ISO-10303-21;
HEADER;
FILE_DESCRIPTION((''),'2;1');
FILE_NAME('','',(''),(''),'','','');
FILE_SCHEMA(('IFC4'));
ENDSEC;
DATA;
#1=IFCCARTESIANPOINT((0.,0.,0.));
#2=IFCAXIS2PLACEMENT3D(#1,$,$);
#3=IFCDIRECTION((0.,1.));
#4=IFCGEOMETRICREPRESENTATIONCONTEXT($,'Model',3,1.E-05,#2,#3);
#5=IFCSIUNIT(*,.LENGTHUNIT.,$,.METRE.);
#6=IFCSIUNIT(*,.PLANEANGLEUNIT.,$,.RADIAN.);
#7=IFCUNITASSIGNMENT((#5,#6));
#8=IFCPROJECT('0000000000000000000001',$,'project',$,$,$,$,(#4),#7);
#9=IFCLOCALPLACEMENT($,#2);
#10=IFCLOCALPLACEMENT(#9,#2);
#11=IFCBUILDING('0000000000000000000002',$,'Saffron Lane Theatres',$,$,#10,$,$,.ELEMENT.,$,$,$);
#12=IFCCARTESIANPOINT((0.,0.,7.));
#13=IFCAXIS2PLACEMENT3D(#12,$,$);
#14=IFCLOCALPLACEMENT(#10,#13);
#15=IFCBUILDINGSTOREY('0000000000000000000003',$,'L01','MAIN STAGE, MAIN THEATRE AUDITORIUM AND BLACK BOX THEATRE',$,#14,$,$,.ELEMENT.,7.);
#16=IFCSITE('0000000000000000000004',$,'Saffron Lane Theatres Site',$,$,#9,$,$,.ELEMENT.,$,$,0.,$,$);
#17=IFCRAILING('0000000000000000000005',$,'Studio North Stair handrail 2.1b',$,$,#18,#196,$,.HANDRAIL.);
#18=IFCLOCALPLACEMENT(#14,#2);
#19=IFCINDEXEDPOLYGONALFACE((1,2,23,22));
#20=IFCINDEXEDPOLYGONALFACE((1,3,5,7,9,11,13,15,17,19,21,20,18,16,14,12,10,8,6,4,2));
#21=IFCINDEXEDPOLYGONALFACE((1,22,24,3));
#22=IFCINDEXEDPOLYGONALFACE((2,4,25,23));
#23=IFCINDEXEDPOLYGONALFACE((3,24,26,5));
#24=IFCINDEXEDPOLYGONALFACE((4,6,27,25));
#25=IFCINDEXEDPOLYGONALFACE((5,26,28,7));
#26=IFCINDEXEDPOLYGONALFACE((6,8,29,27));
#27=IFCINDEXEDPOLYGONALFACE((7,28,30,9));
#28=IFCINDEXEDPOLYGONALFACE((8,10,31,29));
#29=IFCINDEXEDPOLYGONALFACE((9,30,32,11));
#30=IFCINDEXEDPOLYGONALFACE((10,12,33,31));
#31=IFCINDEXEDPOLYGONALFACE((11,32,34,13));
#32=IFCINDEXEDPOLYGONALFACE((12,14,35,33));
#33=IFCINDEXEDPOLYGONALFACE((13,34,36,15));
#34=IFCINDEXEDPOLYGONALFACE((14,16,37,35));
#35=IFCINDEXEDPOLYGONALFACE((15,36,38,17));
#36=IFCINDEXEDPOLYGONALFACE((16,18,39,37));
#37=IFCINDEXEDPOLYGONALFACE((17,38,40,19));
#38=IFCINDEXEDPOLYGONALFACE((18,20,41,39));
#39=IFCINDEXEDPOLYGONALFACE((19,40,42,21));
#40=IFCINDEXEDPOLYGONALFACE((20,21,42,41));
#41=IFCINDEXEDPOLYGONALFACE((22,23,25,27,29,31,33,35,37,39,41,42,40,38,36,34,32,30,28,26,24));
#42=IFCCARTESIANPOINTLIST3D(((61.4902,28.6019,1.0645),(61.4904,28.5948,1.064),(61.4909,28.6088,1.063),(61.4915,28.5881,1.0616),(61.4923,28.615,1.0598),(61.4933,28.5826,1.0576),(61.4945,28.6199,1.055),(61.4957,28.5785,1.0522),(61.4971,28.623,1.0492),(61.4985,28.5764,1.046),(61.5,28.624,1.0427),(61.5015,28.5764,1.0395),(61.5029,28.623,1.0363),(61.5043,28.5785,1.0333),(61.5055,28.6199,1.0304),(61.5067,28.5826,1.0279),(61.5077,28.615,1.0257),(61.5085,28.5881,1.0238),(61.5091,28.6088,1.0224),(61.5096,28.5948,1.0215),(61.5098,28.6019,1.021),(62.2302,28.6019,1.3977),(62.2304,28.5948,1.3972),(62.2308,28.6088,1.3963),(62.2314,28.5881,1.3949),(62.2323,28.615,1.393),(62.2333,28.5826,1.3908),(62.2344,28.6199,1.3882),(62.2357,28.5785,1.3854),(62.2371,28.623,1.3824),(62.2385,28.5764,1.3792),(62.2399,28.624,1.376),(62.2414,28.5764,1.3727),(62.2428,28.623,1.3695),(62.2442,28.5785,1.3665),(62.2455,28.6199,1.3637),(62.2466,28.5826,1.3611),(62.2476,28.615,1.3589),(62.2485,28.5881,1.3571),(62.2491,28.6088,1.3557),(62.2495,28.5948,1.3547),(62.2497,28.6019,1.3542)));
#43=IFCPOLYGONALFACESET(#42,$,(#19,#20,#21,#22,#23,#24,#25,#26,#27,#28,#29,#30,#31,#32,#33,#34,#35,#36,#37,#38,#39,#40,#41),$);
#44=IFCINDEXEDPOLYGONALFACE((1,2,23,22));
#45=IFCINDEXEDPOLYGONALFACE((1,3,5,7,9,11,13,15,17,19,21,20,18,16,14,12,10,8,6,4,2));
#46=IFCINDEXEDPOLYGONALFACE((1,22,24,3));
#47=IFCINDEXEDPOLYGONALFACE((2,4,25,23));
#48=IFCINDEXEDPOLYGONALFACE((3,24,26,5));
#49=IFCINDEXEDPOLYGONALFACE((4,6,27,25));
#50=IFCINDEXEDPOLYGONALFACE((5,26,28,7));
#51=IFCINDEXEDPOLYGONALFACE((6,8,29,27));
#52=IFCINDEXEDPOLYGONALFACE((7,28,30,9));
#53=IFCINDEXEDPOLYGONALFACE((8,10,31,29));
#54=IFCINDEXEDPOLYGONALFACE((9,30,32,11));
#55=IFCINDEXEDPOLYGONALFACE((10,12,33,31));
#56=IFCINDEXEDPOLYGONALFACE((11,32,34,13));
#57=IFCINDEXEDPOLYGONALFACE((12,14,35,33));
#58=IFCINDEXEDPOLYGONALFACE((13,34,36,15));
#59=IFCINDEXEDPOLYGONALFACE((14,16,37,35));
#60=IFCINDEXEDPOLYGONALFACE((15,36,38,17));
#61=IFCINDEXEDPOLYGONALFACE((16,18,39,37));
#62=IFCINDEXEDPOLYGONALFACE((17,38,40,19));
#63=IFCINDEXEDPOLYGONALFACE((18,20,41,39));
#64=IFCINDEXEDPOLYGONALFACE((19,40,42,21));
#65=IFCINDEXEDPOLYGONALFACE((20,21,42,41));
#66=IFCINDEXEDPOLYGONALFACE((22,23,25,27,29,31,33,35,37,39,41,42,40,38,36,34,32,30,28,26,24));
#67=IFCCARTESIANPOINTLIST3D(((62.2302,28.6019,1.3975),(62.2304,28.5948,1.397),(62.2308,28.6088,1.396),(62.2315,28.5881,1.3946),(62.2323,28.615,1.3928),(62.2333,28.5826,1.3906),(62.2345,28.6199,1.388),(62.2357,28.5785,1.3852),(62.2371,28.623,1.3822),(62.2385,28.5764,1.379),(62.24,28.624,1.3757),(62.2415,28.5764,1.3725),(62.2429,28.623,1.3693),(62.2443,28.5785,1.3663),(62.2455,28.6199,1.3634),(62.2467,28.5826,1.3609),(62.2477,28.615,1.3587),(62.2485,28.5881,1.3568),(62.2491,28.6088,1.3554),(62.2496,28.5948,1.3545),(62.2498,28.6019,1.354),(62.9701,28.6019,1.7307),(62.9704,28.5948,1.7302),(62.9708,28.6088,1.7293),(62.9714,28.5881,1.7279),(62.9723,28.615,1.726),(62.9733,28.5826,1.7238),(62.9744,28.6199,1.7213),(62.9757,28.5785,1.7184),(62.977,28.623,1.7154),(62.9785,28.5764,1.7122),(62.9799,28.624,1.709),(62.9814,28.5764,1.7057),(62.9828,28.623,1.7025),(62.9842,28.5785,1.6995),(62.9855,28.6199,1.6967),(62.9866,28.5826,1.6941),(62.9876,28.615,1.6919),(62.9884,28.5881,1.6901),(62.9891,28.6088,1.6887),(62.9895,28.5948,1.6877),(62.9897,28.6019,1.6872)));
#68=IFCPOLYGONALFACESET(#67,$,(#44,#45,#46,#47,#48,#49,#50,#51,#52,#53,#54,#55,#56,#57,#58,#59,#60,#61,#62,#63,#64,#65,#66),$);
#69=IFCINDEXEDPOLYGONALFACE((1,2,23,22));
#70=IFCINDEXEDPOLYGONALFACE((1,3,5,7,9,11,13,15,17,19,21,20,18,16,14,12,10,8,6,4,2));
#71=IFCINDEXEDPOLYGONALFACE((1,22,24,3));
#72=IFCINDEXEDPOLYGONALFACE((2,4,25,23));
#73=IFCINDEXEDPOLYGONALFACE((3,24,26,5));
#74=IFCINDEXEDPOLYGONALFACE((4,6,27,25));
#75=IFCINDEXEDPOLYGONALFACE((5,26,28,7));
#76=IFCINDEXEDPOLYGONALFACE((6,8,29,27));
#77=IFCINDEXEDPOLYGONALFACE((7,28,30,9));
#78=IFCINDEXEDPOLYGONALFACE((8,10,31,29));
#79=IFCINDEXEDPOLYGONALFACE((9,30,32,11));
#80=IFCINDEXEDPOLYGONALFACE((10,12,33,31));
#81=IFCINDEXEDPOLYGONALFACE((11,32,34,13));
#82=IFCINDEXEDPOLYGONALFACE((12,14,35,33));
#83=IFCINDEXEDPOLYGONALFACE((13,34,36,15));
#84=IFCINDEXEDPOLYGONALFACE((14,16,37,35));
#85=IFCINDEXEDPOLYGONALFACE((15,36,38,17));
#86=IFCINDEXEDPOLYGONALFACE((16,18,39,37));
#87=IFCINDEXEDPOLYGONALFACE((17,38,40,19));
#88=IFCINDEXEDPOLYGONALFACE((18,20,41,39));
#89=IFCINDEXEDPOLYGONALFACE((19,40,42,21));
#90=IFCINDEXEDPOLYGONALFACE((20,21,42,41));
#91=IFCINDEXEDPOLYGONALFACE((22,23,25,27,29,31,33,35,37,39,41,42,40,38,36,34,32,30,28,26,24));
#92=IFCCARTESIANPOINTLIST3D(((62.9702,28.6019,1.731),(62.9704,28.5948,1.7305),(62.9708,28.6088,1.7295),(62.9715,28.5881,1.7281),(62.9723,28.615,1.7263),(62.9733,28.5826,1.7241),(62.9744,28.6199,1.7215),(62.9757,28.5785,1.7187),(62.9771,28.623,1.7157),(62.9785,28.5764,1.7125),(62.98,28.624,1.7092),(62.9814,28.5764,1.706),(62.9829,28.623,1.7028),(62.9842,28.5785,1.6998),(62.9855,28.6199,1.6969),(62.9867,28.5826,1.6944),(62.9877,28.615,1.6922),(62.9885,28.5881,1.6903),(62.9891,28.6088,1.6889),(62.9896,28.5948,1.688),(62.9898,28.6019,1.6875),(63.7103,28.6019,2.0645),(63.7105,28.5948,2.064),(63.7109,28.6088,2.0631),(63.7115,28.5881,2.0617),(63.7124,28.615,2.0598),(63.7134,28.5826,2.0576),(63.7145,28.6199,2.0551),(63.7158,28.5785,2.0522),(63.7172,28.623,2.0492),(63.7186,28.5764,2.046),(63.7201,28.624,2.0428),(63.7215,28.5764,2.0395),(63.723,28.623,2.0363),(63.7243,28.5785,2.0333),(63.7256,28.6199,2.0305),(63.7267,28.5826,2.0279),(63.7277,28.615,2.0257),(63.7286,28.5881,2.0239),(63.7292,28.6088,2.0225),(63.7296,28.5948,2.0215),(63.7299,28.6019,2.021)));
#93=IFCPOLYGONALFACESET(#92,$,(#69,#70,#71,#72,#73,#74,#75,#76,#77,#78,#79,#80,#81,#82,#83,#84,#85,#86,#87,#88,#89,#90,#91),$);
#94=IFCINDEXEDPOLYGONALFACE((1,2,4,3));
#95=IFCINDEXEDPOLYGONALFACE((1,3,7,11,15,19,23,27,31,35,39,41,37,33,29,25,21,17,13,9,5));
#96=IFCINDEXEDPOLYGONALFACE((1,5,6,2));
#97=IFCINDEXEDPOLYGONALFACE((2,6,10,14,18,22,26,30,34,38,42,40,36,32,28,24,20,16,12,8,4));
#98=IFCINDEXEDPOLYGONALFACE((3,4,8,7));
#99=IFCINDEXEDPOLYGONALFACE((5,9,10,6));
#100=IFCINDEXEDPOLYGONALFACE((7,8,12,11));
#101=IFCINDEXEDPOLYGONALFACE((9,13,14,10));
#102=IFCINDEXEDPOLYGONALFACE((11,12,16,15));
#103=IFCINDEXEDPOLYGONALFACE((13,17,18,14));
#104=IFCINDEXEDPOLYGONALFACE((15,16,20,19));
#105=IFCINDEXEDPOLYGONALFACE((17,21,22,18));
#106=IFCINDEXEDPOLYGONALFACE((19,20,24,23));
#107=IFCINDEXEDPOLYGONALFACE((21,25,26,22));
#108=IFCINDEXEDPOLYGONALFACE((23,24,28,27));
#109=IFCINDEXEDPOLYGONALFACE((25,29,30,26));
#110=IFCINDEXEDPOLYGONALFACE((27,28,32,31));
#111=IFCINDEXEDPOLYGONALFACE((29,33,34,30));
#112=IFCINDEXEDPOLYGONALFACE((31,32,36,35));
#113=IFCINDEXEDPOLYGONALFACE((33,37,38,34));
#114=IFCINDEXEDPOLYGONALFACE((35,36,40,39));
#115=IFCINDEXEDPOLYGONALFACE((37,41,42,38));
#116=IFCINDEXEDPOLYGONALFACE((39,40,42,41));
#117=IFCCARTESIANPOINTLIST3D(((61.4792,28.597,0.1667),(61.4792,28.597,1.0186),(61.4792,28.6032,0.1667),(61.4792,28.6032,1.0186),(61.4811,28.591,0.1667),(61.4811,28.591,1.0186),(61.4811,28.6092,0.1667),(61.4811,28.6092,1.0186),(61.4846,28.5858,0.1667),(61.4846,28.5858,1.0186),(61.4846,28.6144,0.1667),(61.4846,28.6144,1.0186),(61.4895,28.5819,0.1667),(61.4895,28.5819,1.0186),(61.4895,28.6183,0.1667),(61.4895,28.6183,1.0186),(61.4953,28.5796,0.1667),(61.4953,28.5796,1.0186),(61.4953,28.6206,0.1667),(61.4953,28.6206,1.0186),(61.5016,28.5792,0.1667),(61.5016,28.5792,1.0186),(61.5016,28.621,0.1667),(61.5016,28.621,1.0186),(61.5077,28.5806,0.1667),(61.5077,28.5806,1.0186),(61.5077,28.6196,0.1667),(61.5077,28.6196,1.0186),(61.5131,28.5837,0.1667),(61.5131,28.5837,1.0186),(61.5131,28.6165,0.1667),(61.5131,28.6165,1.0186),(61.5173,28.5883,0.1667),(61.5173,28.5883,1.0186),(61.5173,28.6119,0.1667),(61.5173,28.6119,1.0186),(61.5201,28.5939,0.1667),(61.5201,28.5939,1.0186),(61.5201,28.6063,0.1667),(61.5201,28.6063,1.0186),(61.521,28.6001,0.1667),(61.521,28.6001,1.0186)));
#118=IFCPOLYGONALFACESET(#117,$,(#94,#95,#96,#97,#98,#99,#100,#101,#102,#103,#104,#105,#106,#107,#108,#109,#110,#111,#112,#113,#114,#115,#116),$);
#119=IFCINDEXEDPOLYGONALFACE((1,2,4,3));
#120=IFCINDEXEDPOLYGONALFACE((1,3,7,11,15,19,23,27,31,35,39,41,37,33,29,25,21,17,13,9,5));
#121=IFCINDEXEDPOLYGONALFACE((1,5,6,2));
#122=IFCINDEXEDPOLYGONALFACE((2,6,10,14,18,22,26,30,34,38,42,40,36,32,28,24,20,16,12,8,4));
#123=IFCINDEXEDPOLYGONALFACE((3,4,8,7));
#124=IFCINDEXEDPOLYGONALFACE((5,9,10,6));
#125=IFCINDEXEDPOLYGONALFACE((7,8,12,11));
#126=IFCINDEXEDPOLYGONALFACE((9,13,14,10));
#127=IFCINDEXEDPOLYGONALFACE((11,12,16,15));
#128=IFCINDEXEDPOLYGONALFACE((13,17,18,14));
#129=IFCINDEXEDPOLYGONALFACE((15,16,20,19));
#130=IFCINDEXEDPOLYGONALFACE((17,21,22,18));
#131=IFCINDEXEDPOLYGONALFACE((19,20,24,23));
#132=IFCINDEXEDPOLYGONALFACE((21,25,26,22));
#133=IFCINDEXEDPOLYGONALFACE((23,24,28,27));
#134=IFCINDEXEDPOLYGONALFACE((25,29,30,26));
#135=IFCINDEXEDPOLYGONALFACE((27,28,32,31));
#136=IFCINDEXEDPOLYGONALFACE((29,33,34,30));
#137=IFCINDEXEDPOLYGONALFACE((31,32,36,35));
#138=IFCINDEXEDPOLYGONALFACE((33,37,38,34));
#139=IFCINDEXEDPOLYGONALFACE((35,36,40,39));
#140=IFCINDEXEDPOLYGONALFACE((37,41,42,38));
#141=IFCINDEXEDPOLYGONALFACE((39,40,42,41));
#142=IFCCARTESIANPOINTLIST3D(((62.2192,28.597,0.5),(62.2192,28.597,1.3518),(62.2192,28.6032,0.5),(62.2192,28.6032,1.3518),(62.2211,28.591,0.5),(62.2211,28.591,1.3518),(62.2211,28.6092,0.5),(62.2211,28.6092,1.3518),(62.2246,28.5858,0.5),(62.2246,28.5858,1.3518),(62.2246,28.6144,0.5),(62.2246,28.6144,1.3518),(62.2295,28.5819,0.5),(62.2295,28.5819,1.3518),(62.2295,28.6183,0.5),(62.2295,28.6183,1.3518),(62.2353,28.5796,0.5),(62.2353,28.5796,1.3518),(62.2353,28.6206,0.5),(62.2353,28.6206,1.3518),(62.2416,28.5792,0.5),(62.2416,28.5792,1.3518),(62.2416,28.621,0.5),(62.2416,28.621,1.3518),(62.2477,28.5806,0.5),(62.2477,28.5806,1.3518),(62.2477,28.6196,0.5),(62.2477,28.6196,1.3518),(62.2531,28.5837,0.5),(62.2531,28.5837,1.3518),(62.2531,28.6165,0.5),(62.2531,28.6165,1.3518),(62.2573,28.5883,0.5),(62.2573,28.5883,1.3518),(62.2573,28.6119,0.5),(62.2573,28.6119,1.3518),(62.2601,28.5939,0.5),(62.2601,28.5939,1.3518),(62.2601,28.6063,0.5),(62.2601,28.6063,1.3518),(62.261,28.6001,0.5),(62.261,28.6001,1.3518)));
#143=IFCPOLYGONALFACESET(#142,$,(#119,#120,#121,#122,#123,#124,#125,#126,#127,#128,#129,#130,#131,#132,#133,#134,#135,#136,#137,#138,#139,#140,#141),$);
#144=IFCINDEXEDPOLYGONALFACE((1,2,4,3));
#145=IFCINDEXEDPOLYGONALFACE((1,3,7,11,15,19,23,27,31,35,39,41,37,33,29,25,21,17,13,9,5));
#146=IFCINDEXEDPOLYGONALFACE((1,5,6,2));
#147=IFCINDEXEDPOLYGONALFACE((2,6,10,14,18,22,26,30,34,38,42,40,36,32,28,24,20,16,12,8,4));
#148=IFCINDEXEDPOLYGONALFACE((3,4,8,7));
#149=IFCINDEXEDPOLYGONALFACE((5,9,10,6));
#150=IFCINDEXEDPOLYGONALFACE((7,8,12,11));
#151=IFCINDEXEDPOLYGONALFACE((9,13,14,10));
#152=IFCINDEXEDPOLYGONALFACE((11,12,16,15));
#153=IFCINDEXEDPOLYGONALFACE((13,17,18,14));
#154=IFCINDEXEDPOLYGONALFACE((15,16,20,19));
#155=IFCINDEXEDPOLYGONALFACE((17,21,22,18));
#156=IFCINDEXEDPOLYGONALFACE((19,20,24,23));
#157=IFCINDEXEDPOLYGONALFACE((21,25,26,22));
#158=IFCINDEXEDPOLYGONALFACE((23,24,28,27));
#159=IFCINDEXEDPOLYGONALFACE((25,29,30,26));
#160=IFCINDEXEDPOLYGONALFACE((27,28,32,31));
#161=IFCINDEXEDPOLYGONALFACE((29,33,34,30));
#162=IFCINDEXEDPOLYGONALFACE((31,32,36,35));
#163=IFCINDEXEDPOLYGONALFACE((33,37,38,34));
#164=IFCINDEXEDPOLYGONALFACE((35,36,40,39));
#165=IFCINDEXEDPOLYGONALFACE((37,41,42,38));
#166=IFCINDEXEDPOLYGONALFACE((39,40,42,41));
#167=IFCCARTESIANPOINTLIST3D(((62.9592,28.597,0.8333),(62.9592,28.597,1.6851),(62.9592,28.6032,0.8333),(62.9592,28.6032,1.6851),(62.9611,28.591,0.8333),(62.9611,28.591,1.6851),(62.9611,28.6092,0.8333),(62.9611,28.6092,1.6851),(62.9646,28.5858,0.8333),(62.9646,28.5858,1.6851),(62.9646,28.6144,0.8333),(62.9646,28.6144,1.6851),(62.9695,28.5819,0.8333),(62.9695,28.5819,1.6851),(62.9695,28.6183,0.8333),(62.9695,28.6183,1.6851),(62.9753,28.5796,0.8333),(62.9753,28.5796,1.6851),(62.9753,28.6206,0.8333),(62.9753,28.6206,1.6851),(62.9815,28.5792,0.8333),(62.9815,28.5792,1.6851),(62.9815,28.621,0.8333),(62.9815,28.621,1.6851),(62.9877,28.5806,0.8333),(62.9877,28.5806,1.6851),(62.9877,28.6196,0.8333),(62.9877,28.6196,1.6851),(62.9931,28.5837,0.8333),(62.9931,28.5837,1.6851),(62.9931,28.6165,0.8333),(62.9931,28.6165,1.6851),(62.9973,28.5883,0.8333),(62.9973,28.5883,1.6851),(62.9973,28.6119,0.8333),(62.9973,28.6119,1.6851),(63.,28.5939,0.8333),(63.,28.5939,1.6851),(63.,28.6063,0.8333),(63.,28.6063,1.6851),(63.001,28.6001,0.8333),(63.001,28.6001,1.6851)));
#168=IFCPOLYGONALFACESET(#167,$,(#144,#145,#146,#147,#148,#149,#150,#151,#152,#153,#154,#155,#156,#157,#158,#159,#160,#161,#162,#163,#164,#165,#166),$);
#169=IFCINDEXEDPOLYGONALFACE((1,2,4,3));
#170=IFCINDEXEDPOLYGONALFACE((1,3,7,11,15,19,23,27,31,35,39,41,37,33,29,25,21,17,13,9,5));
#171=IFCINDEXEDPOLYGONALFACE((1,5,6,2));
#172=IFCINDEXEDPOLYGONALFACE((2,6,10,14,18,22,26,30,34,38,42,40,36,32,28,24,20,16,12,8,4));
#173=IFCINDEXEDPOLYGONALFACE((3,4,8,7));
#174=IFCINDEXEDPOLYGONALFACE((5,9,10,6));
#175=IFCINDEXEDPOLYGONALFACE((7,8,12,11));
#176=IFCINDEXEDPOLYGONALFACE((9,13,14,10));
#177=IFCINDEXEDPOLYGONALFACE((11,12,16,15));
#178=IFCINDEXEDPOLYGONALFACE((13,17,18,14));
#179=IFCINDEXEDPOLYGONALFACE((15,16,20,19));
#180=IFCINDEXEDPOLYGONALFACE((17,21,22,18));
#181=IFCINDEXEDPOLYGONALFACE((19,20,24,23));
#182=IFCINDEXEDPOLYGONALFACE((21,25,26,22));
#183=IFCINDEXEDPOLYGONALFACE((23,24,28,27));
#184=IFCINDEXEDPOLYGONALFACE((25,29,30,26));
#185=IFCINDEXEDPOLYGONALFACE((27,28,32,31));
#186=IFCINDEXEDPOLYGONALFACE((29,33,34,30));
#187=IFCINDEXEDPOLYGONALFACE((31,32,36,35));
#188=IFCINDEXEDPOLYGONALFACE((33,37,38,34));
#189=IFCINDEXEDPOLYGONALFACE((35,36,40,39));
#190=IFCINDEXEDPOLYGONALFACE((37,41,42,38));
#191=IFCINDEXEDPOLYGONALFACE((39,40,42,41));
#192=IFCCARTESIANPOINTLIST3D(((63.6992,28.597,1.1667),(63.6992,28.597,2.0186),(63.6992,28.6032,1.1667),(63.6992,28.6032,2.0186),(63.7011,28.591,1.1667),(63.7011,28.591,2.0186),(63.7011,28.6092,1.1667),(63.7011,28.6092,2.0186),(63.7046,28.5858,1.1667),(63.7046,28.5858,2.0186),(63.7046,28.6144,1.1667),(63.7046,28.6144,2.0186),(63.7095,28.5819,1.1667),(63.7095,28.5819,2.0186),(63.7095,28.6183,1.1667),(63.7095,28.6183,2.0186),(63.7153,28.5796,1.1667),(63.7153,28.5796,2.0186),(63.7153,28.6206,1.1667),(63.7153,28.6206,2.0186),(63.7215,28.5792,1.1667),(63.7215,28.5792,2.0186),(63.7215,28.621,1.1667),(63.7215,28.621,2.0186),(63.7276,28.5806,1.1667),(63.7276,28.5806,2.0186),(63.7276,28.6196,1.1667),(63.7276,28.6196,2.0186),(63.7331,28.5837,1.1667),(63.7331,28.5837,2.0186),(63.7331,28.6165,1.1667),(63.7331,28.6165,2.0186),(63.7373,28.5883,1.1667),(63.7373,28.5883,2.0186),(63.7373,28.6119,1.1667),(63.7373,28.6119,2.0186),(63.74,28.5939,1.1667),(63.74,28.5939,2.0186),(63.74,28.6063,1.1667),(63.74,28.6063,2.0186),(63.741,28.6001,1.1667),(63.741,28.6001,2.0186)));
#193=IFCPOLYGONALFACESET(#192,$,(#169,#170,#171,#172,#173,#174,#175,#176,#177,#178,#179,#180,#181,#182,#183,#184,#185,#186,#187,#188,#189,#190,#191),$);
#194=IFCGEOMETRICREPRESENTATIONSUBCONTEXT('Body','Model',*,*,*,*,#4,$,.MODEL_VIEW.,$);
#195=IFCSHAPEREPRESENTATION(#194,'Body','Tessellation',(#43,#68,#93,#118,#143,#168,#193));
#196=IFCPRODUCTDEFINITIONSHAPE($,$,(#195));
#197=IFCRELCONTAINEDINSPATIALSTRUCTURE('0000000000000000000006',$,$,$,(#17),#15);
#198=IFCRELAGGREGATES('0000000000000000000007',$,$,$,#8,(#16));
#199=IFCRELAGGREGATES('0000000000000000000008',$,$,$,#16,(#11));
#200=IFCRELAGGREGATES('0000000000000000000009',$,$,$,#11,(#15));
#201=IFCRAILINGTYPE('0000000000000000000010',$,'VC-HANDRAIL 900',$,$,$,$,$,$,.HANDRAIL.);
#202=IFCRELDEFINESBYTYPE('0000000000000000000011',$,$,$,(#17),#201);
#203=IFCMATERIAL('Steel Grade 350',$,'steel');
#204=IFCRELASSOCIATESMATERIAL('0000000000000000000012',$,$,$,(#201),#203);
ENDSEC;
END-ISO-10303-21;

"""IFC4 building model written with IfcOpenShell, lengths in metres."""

from ifc_helpers import new_model, si_unit, direction, frame, origin, origin_2d, place, context, subcontext, project, spatial, circle, extrude, material, type_object, element, save


model = new_model("IFC4")

# Units and contexts
model_context = context("Model", 3, precision=1e-05, world=origin(), true_north=direction((0.0, 1.0)))
body_context = subcontext(model_context, "Body", "Model", "MODEL_VIEW")
ifc_project = project(units=[si_unit("LENGTHUNIT", "METRE"), si_unit("PLANEANGLEUNIT", "RADIAN")], contexts=[model_context])

# Site, building, storey
site_placement = place(None, origin())
site = spatial("IfcSite", under=ifc_project, at=site_placement, Name="Saffron Lane Theatres Site", CompositionType="ELEMENT", RefElevation=0.0)
building_placement = place(site_placement, origin())
building = spatial("IfcBuilding", under=site, at=building_placement, Name="Saffron Lane Theatres", CompositionType="ELEMENT")
storey_placement = place(building_placement, frame((0.0, 0.0, 7.0)))
storey = spatial("IfcBuildingStorey", under=building, at=storey_placement, Name="L01", Description="MAIN STAGE, MAIN THEATRE AUDITORIUM AND BLACK BOX THEATRE", CompositionType="ELEMENT", Elevation=7.0)

# Railing
ifc_material_1 = material(Name="Steel Grade 350", Category="steel")
railing_type_1 = type_object("IfcRailingType", Name="VC-HANDRAIL 900", PredefinedType="HANDRAIL", material=ifc_material_1)
for number, where, name in (
    (1, (61.5, 28.6001, 0.1667), "Studio North Stair handrail 2.1b"),
):
    element("IfcRailing", number, at=place(storey_placement, frame(where)), inside=storey, type_object=railing_type_1, Name=name, PredefinedType="HANDRAIL", context=body_context, shape_type="SweptSolid", body=[
        extrude(circle(Radius=0.0239, at=origin_2d()), frame((0.0, 0.0, 0.876), z_axis=(0.911803, 0.0, 0.410627), x_axis=(0.0, 1.0, 0.0)), (0.0, 0.0, 1.0), 0.8115),
        extrude(circle(Radius=0.0239, at=origin_2d()), frame((0.74, 0.0, 1.209), z_axis=(0.911803, 0.0, 0.410627), x_axis=(0.0, 1.0, 0.0)), (0.0, 0.0, 1.0), 0.8115),
        extrude(circle(Radius=0.0239, at=origin_2d()), frame((1.48, 0.0, 1.5425), z_axis=(0.911691, 0.0, 0.410877), x_axis=(0.0, 1.0, 0.0)), (0.0, 0.0, 1.0), 0.8118),
        extrude(circle(Radius=0.021, at=origin_2d()), origin(), (0.0, 0.0, 1.0), 0.8518),
        extrude(circle(Radius=0.021, at=origin_2d()), frame((0.74, 0.0, 0.3333)), (0.0, 0.0, 1.0), 0.8518),
        extrude(circle(Radius=0.021, at=origin_2d()), frame((1.48, 0.0, 0.6665)), (0.0, 0.0, 1.0), 0.8518),
        extrude(circle(Radius=0.021, at=origin_2d()), frame((2.22, 0.0, 1.0)), (0.0, 0.0, 1.0), 0.8518),
    ])

save(model, "model.ifc")
